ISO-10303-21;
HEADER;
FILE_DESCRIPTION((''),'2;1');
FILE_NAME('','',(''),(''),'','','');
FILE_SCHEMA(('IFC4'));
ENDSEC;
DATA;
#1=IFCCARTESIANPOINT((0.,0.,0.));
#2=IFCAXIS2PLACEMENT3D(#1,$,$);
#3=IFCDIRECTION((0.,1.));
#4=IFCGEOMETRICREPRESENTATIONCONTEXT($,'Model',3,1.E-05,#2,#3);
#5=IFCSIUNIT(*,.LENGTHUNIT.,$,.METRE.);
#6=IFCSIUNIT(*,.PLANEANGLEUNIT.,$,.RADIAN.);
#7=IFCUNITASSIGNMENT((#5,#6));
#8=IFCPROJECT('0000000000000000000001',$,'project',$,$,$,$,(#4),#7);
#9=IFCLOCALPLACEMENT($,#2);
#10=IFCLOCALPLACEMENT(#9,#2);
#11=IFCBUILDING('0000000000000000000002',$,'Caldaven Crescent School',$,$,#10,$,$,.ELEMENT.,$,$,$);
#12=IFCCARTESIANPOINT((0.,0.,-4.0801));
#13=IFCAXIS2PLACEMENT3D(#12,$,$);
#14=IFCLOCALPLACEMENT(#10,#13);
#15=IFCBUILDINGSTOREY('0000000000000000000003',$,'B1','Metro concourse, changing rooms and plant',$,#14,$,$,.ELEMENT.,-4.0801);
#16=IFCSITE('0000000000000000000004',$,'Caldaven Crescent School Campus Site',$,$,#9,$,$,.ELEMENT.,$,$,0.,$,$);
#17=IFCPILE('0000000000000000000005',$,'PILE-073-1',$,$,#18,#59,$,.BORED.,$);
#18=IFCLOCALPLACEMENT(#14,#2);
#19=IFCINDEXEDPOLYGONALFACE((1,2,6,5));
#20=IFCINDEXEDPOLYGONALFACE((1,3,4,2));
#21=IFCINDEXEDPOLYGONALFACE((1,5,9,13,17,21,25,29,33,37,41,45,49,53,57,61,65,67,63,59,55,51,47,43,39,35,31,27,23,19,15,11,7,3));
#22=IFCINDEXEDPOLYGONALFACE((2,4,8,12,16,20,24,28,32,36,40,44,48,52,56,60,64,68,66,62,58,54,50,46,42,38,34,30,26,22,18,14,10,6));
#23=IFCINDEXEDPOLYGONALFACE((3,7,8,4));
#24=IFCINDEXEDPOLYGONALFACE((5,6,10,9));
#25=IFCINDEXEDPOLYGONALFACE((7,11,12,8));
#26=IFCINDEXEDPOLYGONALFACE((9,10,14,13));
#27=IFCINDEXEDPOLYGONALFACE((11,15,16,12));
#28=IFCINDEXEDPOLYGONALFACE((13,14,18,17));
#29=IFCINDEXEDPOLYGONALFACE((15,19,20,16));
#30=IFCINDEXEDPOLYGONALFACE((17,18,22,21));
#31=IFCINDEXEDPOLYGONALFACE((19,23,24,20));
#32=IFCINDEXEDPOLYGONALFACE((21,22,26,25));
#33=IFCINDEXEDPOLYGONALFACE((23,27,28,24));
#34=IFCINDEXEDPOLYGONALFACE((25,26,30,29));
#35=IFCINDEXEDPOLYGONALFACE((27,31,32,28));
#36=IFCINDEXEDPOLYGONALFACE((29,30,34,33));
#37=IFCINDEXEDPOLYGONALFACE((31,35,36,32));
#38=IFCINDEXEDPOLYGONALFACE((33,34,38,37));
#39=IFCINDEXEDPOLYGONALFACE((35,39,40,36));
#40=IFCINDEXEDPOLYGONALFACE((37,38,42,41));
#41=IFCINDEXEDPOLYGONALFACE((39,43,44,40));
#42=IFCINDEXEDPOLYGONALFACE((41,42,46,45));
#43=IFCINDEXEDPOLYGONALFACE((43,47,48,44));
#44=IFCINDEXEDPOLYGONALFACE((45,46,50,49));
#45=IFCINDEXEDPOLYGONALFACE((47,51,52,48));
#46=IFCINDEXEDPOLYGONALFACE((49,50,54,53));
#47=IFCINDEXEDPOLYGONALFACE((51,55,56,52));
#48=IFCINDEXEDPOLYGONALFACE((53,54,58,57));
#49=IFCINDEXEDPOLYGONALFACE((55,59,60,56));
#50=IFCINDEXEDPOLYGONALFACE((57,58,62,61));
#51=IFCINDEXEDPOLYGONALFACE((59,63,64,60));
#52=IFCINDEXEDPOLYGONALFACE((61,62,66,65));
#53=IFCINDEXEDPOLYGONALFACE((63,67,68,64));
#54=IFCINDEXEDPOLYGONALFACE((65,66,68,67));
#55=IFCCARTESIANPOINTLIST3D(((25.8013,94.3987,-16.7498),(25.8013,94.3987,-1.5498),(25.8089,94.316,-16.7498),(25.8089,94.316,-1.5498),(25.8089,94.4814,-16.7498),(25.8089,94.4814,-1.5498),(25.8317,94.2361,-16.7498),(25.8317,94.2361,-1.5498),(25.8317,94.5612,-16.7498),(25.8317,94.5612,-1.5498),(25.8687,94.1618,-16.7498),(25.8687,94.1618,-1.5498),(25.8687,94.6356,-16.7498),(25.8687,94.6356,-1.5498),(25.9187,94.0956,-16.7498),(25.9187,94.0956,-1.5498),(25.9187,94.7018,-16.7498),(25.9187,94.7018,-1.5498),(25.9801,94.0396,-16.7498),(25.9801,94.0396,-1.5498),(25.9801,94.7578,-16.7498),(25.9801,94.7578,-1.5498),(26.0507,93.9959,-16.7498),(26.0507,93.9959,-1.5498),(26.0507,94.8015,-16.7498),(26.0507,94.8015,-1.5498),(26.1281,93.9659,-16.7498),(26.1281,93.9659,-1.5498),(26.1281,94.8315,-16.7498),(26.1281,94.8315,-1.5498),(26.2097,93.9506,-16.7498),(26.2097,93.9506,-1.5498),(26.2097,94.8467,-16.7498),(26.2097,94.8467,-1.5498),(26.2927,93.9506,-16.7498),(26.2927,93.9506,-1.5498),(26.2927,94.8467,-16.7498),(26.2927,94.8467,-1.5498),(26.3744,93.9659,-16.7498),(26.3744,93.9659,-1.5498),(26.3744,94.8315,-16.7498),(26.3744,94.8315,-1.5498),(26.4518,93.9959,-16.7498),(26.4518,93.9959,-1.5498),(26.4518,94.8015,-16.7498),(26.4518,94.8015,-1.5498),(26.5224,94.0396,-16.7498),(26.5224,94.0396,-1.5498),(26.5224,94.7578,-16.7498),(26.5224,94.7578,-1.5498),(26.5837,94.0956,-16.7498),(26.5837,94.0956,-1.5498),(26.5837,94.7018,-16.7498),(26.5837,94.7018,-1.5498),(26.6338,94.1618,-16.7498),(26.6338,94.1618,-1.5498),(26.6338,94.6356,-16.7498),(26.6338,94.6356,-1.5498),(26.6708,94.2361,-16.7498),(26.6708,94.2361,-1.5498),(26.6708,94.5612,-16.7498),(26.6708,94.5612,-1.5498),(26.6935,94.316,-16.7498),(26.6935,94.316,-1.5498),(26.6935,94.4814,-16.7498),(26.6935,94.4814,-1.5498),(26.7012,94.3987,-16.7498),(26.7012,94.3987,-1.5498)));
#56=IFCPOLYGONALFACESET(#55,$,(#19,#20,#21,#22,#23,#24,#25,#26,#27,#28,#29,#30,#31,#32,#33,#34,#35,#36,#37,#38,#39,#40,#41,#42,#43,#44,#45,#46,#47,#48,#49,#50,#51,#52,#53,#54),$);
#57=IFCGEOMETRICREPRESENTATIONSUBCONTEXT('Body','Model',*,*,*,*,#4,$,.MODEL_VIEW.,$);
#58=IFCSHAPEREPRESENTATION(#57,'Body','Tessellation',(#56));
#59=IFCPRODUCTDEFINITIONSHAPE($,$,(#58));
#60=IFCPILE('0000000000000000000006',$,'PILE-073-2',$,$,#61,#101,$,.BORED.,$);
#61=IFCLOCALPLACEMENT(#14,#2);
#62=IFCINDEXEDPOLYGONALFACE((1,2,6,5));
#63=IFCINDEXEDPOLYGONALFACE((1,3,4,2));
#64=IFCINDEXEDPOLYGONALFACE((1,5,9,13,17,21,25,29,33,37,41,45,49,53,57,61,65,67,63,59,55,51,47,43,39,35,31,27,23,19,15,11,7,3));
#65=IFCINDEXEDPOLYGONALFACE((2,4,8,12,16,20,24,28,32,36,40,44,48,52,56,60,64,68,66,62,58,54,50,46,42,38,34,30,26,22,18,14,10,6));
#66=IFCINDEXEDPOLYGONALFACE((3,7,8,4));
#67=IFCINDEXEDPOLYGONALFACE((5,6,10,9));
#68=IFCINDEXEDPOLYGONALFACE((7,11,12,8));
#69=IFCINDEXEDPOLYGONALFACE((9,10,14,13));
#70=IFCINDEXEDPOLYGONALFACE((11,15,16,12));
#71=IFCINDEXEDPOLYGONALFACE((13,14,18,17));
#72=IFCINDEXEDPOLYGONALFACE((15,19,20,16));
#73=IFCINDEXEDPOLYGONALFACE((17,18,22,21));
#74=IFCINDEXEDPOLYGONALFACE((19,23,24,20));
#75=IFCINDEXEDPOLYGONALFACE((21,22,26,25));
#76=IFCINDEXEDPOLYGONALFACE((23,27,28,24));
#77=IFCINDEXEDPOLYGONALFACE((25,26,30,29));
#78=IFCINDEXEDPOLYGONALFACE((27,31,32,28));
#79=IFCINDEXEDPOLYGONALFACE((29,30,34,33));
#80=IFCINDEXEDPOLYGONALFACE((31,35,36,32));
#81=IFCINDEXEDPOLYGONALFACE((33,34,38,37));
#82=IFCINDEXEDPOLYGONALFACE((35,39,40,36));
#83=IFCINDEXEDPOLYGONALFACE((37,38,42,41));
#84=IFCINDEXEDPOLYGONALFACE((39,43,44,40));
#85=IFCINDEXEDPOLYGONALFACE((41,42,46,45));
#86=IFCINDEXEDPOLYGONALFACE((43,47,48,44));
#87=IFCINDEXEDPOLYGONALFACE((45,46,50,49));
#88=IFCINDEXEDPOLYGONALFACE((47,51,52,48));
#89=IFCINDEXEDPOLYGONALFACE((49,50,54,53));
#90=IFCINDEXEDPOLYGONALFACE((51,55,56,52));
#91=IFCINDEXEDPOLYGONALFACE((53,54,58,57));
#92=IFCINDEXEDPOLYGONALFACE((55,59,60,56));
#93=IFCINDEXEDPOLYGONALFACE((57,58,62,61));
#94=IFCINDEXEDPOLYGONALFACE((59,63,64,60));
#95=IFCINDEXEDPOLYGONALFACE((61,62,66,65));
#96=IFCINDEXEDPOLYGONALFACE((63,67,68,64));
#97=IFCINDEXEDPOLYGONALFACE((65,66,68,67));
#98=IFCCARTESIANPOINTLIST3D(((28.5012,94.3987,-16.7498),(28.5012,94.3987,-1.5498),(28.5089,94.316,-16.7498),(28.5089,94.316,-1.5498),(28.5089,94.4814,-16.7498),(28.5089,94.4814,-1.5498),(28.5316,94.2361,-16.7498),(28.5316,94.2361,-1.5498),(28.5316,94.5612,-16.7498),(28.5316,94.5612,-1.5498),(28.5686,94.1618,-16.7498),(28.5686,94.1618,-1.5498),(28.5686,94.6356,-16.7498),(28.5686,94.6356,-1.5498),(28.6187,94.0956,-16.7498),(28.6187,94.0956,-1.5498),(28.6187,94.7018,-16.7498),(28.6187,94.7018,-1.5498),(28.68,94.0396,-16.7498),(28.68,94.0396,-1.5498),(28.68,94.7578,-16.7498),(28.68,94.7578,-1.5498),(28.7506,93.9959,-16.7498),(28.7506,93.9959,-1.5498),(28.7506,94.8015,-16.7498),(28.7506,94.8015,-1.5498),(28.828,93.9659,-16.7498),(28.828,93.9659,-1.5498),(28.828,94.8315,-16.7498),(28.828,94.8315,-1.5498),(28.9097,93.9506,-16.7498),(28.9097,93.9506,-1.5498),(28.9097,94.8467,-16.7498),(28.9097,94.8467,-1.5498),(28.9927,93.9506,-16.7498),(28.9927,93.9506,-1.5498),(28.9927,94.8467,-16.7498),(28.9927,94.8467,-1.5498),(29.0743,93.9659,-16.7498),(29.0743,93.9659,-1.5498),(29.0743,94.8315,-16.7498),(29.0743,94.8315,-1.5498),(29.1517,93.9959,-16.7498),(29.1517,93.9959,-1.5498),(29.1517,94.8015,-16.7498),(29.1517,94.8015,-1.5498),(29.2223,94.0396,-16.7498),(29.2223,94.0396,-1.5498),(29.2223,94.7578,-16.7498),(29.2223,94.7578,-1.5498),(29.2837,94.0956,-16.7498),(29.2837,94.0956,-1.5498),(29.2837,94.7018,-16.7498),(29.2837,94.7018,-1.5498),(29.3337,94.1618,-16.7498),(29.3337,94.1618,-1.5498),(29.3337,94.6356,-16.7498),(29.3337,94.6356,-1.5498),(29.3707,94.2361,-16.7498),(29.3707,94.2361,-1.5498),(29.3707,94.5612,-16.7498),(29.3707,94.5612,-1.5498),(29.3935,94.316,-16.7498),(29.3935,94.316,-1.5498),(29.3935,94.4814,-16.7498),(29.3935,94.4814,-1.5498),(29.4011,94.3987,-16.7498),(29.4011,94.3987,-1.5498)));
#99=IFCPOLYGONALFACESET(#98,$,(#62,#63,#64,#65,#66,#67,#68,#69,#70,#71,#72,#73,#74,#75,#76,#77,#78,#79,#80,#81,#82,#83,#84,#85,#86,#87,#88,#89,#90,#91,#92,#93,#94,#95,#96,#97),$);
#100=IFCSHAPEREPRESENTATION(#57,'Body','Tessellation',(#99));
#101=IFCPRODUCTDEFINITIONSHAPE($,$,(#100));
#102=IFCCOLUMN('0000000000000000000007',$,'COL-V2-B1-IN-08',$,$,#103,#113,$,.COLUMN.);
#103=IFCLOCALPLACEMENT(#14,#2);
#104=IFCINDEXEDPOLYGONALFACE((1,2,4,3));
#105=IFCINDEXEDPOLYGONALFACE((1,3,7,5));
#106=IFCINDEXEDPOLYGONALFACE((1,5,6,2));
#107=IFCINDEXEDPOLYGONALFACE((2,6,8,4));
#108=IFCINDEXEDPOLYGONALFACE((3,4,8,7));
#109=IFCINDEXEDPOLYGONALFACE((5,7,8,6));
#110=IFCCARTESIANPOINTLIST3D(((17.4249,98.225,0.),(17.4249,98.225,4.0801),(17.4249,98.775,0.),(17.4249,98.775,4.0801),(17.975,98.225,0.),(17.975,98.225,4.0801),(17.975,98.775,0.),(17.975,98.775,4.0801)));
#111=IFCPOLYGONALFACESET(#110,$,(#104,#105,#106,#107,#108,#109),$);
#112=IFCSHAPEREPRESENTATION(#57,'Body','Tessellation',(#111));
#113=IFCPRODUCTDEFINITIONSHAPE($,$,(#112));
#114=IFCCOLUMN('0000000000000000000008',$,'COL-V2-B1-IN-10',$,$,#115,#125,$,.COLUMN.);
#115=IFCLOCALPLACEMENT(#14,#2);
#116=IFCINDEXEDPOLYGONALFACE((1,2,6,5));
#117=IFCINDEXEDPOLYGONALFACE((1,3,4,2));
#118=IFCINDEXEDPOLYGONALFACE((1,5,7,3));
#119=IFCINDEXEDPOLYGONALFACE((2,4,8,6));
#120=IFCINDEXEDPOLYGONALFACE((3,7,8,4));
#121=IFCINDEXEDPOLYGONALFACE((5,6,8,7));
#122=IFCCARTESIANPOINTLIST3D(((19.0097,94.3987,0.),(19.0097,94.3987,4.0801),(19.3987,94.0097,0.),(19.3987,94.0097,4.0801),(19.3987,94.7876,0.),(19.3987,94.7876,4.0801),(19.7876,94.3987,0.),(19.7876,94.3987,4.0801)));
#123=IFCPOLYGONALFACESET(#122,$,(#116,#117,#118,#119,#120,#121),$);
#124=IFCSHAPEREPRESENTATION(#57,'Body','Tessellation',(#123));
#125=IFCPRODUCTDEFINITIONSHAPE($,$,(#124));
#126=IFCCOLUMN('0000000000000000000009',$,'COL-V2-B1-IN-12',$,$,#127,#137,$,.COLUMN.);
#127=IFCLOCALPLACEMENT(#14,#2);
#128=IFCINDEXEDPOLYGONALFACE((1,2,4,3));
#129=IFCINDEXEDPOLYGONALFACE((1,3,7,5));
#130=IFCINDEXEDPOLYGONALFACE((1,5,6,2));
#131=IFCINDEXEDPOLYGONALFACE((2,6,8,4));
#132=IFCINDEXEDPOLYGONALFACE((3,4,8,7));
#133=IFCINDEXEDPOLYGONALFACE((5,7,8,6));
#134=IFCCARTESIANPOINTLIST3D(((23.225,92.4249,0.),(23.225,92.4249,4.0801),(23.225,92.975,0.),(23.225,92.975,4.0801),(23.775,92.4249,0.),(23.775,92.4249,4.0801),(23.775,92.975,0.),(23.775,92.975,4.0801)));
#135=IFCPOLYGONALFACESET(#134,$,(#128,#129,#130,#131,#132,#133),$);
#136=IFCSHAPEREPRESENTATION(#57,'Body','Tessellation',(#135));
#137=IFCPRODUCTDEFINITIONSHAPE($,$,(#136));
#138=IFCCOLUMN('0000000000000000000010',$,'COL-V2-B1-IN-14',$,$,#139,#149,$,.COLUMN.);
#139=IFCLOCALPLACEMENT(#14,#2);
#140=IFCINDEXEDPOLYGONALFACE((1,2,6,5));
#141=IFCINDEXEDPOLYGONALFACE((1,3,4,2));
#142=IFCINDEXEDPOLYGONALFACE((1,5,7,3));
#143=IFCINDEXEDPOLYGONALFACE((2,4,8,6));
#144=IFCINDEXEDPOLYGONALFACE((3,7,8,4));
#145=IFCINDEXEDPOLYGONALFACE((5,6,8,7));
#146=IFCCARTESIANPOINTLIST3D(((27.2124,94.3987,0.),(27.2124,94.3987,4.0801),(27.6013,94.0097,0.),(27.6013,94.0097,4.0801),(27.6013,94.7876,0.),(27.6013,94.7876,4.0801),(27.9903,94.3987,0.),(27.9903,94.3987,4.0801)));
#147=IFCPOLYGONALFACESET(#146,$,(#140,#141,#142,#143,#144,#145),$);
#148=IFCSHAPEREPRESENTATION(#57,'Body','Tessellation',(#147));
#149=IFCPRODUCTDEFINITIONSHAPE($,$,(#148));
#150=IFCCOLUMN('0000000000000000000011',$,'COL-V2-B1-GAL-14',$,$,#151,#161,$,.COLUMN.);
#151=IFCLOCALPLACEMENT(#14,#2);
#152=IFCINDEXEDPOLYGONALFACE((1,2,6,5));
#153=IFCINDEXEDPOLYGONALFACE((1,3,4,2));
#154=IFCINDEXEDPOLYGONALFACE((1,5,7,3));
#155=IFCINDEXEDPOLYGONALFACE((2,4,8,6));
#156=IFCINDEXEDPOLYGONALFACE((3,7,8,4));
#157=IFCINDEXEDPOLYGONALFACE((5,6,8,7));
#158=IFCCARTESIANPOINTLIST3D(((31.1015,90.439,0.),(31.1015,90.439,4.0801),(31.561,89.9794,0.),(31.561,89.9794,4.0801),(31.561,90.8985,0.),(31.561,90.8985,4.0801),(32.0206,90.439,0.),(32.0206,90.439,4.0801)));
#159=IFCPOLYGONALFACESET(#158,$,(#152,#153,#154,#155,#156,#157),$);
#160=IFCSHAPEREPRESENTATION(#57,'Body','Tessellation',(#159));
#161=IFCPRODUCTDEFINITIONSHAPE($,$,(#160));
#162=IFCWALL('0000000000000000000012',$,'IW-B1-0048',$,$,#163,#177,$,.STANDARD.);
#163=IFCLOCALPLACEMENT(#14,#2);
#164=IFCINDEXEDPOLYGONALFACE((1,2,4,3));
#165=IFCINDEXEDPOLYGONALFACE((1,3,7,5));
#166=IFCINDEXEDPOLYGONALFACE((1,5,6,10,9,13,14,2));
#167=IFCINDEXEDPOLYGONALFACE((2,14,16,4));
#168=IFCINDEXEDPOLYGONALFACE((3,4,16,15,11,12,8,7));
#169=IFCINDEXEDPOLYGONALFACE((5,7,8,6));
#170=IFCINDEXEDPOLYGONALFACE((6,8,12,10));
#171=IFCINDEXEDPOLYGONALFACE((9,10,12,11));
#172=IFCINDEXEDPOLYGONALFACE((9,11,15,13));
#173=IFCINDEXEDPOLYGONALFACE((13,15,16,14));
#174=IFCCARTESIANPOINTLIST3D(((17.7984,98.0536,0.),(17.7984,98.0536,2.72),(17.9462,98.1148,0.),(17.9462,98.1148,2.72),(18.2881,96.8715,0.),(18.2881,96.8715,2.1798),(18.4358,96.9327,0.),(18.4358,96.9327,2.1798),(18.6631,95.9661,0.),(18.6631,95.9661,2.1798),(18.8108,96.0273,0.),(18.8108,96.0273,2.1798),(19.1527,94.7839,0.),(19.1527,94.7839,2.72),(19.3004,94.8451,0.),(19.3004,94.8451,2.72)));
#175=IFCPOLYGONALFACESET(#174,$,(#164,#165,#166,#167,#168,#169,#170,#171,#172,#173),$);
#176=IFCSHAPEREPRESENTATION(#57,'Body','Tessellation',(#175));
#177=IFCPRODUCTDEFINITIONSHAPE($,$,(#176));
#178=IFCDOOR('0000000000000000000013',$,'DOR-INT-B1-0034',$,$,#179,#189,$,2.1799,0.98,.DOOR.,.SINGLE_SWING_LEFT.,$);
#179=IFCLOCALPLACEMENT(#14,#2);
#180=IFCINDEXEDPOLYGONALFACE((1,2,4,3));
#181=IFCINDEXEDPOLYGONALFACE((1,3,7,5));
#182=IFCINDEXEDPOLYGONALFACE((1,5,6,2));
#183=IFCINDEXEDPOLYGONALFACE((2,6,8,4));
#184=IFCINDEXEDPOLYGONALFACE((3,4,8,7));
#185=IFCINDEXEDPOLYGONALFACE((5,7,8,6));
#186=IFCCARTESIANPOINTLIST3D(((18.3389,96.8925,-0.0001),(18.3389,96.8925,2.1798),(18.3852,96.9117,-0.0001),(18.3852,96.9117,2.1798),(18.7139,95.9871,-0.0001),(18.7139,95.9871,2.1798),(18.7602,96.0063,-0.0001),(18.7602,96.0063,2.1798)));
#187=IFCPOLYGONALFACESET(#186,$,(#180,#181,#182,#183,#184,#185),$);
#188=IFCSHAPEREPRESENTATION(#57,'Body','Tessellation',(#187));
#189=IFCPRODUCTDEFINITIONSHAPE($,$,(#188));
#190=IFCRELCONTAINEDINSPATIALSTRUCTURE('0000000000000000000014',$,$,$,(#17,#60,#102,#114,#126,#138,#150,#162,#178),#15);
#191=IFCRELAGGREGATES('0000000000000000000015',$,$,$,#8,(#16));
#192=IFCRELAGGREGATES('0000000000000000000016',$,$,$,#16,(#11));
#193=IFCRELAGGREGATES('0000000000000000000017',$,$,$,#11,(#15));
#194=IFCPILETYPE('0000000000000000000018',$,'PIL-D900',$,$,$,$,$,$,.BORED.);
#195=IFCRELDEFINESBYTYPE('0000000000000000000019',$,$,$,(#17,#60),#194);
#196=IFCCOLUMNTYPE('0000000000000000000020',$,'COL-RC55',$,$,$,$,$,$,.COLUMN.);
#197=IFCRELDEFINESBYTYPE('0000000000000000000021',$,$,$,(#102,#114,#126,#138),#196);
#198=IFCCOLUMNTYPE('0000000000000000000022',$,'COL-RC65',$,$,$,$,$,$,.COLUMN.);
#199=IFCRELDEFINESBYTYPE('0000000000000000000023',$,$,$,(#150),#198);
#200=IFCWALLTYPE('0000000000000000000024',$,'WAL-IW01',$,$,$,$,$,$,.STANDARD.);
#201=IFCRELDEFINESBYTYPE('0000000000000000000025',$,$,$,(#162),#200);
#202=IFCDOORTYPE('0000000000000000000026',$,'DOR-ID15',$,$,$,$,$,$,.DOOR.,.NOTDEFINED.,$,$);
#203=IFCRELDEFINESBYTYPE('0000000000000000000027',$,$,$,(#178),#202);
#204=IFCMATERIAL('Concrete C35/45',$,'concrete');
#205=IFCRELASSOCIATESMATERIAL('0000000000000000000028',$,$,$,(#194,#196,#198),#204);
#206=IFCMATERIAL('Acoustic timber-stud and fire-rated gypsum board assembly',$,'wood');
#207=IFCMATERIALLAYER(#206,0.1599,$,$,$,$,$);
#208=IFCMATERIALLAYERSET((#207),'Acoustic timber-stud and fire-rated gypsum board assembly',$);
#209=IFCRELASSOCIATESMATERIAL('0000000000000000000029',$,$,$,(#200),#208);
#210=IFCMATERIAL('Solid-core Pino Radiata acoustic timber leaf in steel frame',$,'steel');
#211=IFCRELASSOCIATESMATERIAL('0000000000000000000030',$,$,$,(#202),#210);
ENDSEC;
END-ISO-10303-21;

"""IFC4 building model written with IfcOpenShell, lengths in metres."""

from ifc_helpers import new_model, si_unit, direction, frame, frame_2d, origin, origin_2d, place, context, subcontext, project, spatial, rectangle, circle, extrude, material, layer, layer_set, material_profile, profile_set, type_object, element, fill, save


model = new_model("IFC4")

# Units and contexts
model_context = context("Model", 3, precision=1e-05, world=origin(), true_north=direction((0.0, 1.0)))
body_context = subcontext(model_context, "Body", "Model", "MODEL_VIEW")
ifc_project = project(units=[si_unit("LENGTHUNIT", "METRE"), si_unit("PLANEANGLEUNIT", "RADIAN")], contexts=[model_context])

# Site, building, storey
site_placement = place(None, origin())
site = spatial("IfcSite", under=ifc_project, at=site_placement, Name="Caldaven Crescent School Campus Site", CompositionType="ELEMENT", RefElevation=0.0)
building_placement = place(site_placement, origin())
building = spatial("IfcBuilding", under=site, at=building_placement, Name="Caldaven Crescent School", CompositionType="ELEMENT")
storey_placement = place(building_placement, frame((0.0, 0.0, -4.0801)))
storey = spatial("IfcBuildingStorey", under=building, at=storey_placement, Name="B1", Description="Metro concourse, changing rooms and plant", CompositionType="ELEMENT", Elevation=-4.0801)

# Shared definitions
ifc_material_1 = material(Name="Concrete C35/45", Category="concrete")

# Piles
ifc_material_profile_1 = material_profile(ifc_material_1, circle(Radius=0.45, at=origin_2d()), Name="PILE D900")
ifc_profile_set_1 = profile_set([ifc_material_profile_1], Name="Concrete C35/45")
pile_type = type_object("IfcPileType", Name="PIL-D900", PredefinedType="BORED", material=ifc_profile_set_1)
for number, where, z_axis, x_axis, name in (
    (1, (26.2512, 94.3987, -1.5498), (0.0, 0.0, -1.0), (1.0, 0.0, 0.0), "PILE-073-1"),
    (2, (28.9512, 94.3987, -1.5498), (0.0, 0.0, -1.0), (1.0, 0.0, 0.0), "PILE-073-2"),
):
    element("IfcPile", number, at=place(storey_placement, frame(where, z_axis=z_axis, x_axis=x_axis)), inside=storey, type_object=pile_type, Name=name, PredefinedType="BORED", context=body_context, shape_type="SweptSolid", body=[
        extrude(circle(Radius=0.45, at=origin_2d()), origin(), (0.0, 0.0, 1.0), 15.2),
    ])

# Columns
ifc_material_profile_2 = material_profile(ifc_material_1, rectangle(XDim=0.55, YDim=0.55, at=origin_2d()), Name="RC 550x550")
ifc_profile_set_2 = profile_set([ifc_material_profile_2], Name="Concrete C35/45")
column_type_1 = type_object("IfcColumnType", Name="COL-RC55", PredefinedType="COLUMN", material=ifc_profile_set_2)
for number, where, z_axis, x_axis, name in (
    (3, (17.7, 98.5, 0.0), (0.0, 0.0, 1.0), (-1.0, 0.0, 0.0), "COL-V2-B1-IN-08"),
    (4, (19.3987, 94.3987, 0.0), (0.0, 0.0, 1.0), (-0.707107, -0.707107, 0.0), "COL-V2-B1-IN-10"),
    (5, (23.5, 92.7, 0.0), (0.0, 0.0, 1.0), (0.0, -1.0, 0.0), "COL-V2-B1-IN-12"),
    (6, (27.6013, 94.3987, 0.0), (0.0, 0.0, 1.0), (0.707107, -0.707107, 0.0), "COL-V2-B1-IN-14"),
):
    element("IfcColumn", number, at=place(storey_placement, frame(where, z_axis=z_axis, x_axis=x_axis)), inside=storey, type_object=column_type_1, Name=name, PredefinedType="COLUMN", context=body_context, shape_type="SweptSolid", body=[
        extrude(rectangle(XDim=0.55, YDim=0.55, at=origin_2d()), origin(), (0.0, 0.0, 1.0), 4.0801),
    ])
ifc_material_profile_3 = material_profile(ifc_material_1, rectangle(XDim=0.6499, YDim=0.6499, at=origin_2d()), Name="RC 650x650")
ifc_profile_set_3 = profile_set([ifc_material_profile_3], Name="Concrete C35/45")
column_type_2 = type_object("IfcColumnType", Name="COL-RC65", PredefinedType="COLUMN", material=ifc_profile_set_3)
column_placement = place(storey_placement, frame((31.561, 90.439, 0.0), z_axis=(0.0, 0.0, 1.0), x_axis=(0.707107, -0.707107, 0.0)))
element("IfcColumn", 7, at=column_placement, inside=storey, type_object=column_type_2, Name="COL-V2-B1-GAL-14", PredefinedType="COLUMN", context=body_context, shape_type="SweptSolid", body=[
    extrude(rectangle(XDim=0.6499, YDim=0.6499, at=origin_2d()), origin(), (0.0, 0.0, 1.0), 4.0801),
])

# Wall, opening, door
ifc_material_2 = material(Name="Acoustic timber-stud and fire-rated gypsum board assembly", Category="wood")
ifc_layer_1 = layer(ifc_material_2, 0.1599)
ifc_layer_set_1 = layer_set([ifc_layer_1], Name="Acoustic timber-stud and fire-rated gypsum board assembly")
wall_type_1 = type_object("IfcWallType", Name="WAL-IW01", PredefinedType="STANDARD", material=ifc_layer_set_1)
wall_1_placement = place(storey_placement, frame((17.8723, 98.0842, 0.0), z_axis=(0.0, 0.0, 1.0), x_axis=(0.38265, -0.923893, 0.0)))
wall_1 = element("IfcWall", 8, at=wall_1_placement, inside=storey, type_object=wall_type_1, Name="IW-B1-0048", PredefinedType="STANDARD", context=body_context, shape_type="SweptSolid", body=[
    extrude(rectangle(XDim=3.5391, YDim=0.1599, at=frame_2d((1.7695, 0.0))), origin(), (0.0, 0.0, 1.0), 2.72),
])
opening_1_placement = place(wall_1_placement, frame((1.2795, 0.0, 0.0)))
opening_1 = element("IfcOpeningElement", 9, at=opening_1_placement, cuts=wall_1, PredefinedType="OPENING", context=body_context, shape_type="SweptSolid", body=[
    extrude(rectangle(XDim=0.98, YDim=2.1799, at=frame_2d((0.49, 1.0898))), frame((0.0, 0.0898, 0.0), z_axis=(0.0, -1.0, 0.0), x_axis=(1.0, 0.0, 0.0)), (0.0, 0.0, 1.0), 0.1799),
])
ifc_material_3 = material(Name="Solid-core Pino Radiata acoustic timber leaf in steel frame", Category="steel")
door_type_1 = type_object("IfcDoorType", Name="DOR-ID15", OperationType="NOTDEFINED", PredefinedType="DOOR", material=ifc_material_3)
door_1_placement = place(opening_1_placement, frame((0.98, 0.0, 0.0), z_axis=(0.0, 0.0, 1.0), x_axis=(-1.0, 0.0, 0.0)))
door_1 = element("IfcDoor", 10, at=door_1_placement, inside=storey, type_object=door_type_1, Name="DOR-INT-B1-0034", OperationType="SINGLE_SWING_LEFT", OverallHeight=2.1799, OverallWidth=0.98, PredefinedType="DOOR", context=body_context, shape_type="SweptSolid", body=[
    extrude(rectangle(XDim=0.98, YDim=2.1799, at=frame_2d((0.49, 1.0898))), frame((0.0, 0.0249, 0.0), z_axis=(0.0, -1.0, 0.0), x_axis=(1.0, 0.0, 0.0)), (0.0, 0.0, 1.0), 0.05),
])
fill(opening_1, door_1)

save(model, "model.ifc")
